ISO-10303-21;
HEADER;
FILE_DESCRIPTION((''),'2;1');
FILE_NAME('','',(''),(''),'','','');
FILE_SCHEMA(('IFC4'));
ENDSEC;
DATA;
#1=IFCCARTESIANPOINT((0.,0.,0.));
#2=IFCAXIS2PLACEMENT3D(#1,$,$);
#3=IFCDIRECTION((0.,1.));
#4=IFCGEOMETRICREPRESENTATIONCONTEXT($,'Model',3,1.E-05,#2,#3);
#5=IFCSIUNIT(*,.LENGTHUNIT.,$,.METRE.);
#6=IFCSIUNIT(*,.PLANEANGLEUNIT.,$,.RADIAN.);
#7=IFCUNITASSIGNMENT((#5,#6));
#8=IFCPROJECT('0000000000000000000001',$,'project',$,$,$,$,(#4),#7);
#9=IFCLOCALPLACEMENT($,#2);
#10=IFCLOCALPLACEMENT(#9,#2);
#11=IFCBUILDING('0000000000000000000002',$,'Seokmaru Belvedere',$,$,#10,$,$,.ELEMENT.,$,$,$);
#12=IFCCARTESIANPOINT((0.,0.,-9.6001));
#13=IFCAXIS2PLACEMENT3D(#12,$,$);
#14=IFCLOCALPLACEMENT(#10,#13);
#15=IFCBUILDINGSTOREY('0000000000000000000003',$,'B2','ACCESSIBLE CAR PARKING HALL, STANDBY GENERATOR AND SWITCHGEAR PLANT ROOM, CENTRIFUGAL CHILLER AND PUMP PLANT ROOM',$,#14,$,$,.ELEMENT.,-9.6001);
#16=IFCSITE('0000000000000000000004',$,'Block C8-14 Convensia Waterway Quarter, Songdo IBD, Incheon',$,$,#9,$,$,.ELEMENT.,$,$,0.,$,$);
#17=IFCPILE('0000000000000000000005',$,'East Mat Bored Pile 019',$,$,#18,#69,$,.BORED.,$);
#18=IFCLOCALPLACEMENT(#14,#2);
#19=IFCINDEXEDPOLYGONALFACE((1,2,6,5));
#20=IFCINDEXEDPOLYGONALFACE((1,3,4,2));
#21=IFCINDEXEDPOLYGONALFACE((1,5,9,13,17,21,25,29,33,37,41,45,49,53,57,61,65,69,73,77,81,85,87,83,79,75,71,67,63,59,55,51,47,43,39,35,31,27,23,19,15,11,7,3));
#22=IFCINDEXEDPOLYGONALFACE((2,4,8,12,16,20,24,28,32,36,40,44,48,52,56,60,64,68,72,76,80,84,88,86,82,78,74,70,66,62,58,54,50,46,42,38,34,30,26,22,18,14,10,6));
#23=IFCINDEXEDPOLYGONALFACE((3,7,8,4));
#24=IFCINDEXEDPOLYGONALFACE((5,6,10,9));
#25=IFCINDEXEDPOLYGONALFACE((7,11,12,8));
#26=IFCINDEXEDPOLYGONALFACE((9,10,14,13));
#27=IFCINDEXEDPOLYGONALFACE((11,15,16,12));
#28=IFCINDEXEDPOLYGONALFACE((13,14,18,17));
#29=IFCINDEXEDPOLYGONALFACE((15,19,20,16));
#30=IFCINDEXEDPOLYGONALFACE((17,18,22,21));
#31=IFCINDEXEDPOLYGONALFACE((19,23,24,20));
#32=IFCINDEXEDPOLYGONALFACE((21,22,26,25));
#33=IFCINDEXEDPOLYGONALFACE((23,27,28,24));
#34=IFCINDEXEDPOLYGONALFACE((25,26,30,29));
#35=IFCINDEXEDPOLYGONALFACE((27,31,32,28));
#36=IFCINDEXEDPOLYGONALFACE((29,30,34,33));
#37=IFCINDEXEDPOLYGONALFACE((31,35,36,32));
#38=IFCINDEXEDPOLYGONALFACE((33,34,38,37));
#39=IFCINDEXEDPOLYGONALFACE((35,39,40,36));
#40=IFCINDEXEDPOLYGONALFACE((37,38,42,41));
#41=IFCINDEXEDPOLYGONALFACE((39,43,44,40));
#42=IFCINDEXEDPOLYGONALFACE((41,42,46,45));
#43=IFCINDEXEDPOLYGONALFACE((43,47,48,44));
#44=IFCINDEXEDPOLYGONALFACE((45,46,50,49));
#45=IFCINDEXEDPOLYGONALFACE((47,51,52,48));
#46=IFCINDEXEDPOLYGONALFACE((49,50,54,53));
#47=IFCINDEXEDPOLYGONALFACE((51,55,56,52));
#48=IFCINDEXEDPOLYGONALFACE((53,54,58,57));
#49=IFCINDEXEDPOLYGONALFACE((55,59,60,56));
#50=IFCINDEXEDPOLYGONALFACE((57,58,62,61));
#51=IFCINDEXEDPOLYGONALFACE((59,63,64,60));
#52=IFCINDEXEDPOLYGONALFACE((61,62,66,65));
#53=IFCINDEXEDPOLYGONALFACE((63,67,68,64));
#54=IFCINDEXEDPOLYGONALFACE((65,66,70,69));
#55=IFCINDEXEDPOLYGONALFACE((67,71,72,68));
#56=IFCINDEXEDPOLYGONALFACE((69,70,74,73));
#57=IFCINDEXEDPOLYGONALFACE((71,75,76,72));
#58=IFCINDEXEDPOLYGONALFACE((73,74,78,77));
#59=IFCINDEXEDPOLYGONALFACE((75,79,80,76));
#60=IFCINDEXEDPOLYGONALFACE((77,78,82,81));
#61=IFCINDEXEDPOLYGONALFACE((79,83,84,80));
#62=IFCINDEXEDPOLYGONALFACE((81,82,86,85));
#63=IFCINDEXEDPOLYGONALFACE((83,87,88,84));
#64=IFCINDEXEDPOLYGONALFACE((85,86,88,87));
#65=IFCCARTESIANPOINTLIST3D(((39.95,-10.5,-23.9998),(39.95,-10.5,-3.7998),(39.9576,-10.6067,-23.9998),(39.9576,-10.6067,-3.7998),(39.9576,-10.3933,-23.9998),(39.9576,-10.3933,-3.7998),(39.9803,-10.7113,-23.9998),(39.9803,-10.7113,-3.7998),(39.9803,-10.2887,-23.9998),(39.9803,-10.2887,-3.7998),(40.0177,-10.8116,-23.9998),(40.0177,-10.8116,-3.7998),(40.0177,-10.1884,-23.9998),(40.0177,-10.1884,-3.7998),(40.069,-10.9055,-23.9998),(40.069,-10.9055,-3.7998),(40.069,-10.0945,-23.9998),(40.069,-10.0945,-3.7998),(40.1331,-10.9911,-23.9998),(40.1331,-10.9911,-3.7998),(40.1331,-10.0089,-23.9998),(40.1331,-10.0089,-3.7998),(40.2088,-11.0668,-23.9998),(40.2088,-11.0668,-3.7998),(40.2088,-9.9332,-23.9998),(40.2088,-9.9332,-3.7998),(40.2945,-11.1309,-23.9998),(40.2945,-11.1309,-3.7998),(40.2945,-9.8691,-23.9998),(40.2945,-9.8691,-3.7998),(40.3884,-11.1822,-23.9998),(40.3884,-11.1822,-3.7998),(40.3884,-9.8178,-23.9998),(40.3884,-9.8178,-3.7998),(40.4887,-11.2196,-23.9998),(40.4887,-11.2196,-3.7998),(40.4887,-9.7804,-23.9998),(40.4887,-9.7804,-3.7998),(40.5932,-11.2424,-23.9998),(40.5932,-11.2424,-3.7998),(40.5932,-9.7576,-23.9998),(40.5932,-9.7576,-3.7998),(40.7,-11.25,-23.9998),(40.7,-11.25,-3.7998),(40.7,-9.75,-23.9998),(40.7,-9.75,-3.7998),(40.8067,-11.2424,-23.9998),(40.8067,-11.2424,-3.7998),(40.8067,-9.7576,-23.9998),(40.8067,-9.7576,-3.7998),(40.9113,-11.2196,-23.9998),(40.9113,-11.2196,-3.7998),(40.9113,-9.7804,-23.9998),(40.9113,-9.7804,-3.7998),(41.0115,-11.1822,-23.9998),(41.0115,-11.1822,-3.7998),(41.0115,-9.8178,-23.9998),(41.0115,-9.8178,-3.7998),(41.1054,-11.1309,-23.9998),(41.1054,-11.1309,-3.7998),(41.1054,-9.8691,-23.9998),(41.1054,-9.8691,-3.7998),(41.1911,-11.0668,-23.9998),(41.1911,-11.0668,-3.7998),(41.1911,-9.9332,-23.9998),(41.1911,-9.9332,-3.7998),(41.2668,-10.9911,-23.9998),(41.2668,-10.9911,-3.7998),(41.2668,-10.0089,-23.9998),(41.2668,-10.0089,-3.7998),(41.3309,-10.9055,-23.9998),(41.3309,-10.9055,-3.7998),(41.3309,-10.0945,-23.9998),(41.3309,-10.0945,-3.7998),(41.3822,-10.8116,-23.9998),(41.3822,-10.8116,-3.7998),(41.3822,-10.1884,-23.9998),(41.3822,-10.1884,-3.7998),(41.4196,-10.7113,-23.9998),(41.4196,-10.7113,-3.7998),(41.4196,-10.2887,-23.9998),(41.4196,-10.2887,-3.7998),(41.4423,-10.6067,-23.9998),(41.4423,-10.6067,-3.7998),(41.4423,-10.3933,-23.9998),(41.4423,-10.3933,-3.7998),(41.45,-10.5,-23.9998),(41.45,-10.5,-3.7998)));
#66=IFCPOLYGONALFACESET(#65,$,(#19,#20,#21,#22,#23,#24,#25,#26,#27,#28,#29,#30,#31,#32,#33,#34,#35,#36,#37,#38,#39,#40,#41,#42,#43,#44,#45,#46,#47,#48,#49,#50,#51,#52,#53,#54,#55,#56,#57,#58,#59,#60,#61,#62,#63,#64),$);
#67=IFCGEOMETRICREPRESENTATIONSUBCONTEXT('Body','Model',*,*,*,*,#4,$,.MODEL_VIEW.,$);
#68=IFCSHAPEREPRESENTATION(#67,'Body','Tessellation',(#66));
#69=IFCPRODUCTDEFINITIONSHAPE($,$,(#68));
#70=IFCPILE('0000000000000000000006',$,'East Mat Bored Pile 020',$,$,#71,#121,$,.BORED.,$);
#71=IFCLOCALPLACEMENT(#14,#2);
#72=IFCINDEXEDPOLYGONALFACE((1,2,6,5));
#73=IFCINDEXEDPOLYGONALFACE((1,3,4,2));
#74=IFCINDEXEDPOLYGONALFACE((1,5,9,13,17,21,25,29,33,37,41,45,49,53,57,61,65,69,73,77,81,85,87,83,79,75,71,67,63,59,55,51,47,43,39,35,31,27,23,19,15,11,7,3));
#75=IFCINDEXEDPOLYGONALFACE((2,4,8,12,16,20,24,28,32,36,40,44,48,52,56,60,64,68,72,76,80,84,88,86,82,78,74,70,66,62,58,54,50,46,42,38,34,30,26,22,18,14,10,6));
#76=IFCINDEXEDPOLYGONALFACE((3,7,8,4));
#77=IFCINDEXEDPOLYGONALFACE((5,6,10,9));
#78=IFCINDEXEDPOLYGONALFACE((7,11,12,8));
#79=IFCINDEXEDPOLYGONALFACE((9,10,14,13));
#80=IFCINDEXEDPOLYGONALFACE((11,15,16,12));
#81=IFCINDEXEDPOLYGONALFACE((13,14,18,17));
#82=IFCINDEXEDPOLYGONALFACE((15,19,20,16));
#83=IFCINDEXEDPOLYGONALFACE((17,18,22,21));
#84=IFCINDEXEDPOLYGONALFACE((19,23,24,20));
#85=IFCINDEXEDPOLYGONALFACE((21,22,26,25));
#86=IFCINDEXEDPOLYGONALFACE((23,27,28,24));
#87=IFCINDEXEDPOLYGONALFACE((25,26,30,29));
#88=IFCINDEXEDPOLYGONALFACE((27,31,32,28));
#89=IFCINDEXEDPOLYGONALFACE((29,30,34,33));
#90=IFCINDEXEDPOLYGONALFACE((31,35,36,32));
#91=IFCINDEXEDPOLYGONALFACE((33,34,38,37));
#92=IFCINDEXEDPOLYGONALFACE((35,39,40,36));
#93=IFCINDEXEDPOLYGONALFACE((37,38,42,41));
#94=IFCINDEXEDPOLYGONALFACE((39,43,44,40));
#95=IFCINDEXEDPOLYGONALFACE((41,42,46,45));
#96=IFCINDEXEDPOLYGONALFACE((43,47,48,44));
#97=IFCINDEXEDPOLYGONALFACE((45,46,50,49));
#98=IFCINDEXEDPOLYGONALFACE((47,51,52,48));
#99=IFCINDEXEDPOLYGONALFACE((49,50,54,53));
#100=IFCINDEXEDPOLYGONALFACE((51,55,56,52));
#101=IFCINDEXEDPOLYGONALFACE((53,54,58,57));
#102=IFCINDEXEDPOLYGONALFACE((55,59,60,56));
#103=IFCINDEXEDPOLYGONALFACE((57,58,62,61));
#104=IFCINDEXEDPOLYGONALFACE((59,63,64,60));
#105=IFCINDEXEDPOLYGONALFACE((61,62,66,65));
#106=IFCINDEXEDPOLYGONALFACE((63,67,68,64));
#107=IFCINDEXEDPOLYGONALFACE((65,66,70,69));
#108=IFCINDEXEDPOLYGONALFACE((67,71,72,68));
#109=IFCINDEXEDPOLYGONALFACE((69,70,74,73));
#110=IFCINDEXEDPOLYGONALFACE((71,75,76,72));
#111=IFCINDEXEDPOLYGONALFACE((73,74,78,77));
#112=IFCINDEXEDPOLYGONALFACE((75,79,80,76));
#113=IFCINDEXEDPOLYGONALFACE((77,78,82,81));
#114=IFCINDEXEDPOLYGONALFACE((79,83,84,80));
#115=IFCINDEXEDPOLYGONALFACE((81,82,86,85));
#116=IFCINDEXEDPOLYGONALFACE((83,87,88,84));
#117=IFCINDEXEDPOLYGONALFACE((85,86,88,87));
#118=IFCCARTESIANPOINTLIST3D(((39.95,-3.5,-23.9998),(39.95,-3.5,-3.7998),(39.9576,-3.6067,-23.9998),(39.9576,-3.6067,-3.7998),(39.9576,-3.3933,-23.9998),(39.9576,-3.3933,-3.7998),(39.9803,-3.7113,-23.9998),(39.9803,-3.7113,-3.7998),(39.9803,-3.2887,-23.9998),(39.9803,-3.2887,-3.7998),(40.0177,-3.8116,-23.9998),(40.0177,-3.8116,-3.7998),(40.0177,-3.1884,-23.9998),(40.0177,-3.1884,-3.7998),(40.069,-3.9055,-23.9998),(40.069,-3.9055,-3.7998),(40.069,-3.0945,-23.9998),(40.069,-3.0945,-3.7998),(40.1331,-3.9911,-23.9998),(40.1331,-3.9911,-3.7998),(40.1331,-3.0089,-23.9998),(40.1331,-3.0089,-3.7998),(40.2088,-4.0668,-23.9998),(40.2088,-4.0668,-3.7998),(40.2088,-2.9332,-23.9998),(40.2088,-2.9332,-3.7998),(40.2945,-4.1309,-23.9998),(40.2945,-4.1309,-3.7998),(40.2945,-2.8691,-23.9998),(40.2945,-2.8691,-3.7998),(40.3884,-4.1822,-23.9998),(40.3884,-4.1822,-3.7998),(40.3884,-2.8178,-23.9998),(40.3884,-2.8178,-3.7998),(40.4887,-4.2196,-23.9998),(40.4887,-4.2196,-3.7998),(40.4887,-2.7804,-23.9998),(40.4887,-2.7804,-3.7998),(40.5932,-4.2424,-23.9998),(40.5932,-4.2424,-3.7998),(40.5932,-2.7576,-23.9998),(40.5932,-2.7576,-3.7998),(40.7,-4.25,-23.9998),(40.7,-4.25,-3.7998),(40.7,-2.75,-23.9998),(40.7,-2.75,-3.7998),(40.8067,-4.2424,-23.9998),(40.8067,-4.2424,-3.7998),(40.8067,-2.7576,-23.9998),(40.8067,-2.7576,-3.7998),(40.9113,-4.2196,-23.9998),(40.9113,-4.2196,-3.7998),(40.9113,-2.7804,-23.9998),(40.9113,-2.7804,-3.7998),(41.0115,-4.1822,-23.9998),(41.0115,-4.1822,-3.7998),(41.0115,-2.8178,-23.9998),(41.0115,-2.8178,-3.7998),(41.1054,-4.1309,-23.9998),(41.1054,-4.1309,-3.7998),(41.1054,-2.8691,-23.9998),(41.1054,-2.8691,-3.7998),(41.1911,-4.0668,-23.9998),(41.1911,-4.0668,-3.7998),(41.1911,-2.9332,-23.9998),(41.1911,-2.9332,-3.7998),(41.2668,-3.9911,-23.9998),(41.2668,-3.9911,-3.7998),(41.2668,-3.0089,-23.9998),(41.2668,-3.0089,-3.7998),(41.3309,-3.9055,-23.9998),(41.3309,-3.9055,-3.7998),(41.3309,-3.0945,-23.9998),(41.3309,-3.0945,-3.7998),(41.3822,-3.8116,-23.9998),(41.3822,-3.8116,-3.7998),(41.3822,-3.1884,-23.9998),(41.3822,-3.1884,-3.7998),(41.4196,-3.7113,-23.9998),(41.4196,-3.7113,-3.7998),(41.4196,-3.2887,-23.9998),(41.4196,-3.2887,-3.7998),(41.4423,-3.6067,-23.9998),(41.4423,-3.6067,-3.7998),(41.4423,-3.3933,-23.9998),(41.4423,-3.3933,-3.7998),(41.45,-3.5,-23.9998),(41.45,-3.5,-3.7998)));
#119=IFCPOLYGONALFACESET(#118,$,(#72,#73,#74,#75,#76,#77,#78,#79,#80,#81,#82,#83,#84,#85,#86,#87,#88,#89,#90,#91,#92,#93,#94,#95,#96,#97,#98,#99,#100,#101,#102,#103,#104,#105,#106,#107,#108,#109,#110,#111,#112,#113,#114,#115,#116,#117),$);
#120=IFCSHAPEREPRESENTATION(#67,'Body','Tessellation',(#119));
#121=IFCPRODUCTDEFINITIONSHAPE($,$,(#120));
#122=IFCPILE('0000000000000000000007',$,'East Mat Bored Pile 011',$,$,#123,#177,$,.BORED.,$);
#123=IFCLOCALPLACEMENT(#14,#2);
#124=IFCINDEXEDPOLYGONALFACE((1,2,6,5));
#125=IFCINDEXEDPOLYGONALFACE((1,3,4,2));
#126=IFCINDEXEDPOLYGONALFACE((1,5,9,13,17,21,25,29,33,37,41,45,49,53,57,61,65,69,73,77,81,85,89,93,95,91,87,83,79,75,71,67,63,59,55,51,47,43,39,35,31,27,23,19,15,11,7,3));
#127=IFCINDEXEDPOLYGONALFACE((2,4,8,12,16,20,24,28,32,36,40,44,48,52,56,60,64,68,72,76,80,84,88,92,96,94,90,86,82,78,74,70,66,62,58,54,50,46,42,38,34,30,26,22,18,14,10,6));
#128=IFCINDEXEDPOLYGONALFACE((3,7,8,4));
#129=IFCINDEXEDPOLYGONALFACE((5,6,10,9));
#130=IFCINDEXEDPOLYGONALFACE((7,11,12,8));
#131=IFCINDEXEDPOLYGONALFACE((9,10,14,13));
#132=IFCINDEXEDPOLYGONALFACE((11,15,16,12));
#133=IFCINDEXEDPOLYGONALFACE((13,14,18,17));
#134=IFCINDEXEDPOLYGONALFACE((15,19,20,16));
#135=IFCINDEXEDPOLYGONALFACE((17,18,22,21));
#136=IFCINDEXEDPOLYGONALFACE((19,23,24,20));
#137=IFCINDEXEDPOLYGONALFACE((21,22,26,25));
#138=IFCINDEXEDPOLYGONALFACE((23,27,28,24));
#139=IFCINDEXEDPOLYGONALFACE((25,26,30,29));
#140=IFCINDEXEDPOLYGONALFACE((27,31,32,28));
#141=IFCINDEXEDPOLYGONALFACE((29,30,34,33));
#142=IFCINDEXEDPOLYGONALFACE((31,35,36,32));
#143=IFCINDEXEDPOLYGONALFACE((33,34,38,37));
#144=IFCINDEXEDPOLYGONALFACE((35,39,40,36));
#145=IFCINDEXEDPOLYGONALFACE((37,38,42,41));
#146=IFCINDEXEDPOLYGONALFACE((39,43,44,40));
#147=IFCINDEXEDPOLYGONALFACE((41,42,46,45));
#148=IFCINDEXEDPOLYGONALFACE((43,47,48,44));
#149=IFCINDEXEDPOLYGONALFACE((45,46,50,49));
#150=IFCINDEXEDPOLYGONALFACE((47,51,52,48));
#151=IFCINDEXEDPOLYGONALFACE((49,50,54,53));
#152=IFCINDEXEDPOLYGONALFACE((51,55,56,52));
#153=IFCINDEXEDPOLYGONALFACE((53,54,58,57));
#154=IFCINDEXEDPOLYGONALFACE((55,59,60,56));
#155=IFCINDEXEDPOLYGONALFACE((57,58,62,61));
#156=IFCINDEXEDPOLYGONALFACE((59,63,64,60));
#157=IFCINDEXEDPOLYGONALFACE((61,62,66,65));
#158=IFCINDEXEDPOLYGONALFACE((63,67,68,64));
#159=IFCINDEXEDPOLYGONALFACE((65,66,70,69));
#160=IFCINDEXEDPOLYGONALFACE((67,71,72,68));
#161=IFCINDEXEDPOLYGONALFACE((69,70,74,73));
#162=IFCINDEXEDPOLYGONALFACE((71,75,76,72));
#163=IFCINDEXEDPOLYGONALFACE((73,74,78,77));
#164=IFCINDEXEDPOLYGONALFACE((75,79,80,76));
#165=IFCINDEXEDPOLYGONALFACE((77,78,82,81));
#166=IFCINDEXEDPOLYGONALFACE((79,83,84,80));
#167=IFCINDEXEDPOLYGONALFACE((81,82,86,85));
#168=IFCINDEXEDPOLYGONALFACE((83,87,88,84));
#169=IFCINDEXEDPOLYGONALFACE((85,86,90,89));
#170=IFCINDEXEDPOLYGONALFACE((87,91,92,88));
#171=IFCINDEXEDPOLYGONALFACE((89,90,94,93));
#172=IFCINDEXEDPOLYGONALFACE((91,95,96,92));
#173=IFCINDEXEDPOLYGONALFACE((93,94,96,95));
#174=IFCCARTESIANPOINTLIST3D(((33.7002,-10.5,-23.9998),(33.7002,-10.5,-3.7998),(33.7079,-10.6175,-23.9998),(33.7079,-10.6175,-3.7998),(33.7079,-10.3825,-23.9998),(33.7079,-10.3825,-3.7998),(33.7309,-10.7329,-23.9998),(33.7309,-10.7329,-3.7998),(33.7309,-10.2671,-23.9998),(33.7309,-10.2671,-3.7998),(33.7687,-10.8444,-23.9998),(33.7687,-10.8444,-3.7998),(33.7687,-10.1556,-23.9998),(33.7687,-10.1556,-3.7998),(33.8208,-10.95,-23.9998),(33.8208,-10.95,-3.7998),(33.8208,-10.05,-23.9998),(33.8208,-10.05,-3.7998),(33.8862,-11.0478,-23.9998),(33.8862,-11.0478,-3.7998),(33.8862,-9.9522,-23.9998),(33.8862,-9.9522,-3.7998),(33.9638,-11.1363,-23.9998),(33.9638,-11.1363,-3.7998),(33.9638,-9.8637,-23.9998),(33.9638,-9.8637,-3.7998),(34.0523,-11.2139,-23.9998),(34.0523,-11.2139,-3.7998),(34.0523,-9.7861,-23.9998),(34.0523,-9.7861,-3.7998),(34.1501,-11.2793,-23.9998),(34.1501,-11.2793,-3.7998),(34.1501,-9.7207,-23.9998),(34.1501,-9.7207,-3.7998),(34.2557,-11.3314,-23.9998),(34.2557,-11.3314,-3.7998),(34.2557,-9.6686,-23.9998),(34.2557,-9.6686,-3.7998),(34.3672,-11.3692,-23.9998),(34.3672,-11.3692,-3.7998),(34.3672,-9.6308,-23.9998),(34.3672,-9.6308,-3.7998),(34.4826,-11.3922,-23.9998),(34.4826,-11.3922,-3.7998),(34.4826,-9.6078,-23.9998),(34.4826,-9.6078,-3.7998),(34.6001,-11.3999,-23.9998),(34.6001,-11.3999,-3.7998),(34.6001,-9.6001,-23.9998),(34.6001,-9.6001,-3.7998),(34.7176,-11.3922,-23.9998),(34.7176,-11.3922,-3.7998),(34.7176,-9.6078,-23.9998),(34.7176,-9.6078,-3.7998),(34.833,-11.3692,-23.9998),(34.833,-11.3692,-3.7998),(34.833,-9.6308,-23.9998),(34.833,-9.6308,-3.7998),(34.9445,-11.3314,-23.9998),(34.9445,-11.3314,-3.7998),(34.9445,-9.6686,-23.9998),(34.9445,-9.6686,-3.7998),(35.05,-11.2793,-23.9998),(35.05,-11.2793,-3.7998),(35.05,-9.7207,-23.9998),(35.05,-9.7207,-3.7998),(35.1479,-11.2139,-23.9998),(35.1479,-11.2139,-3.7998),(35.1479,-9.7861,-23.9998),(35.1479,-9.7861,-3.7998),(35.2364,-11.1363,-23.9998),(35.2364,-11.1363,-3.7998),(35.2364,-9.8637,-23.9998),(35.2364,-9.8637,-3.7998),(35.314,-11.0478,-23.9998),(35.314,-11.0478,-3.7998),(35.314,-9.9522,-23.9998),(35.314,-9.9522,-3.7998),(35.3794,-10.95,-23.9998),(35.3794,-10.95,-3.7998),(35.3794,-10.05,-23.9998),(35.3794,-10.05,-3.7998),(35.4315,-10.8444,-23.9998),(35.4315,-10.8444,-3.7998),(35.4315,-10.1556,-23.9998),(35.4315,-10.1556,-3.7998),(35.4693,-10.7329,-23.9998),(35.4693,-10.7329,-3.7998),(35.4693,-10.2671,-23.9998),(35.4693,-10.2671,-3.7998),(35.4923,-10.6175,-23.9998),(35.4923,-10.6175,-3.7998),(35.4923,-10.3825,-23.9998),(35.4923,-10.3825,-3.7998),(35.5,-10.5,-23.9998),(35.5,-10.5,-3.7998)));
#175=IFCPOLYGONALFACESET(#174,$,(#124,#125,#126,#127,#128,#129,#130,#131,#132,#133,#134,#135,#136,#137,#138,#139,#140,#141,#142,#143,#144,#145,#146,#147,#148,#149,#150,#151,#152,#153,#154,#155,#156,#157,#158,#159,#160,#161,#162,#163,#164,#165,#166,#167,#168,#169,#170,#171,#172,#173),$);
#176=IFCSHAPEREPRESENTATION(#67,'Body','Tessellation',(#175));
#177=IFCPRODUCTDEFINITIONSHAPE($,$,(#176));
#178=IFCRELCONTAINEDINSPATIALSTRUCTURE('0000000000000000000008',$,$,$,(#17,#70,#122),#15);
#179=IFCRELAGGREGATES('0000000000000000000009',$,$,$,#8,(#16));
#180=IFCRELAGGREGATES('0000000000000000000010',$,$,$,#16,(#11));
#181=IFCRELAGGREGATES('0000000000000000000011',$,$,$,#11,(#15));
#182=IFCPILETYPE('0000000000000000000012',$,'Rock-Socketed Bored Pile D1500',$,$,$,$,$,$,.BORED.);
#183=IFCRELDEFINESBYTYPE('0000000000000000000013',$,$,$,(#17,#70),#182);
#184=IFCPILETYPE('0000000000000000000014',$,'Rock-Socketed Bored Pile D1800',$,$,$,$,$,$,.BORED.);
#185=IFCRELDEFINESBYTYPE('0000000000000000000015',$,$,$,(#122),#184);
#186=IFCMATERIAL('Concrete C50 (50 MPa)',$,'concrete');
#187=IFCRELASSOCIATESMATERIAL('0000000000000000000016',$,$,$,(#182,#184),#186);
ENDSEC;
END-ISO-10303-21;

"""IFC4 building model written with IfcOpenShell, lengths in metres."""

from ifc_helpers import new_model, si_unit, direction, frame, origin, origin_2d, place, context, subcontext, project, spatial, circle, extrude, source, transform, mapped, material, material_profile, profile_set, type_object, type_shapes, element, save


model = new_model("IFC4")

# Units and contexts
model_context = context("Model", 3, precision=1e-05, world=origin(), true_north=direction((0.0, 1.0)))
body_context = subcontext(model_context, "Body", "Model", "MODEL_VIEW")
ifc_project = project(units=[si_unit("LENGTHUNIT", "METRE"), si_unit("PLANEANGLEUNIT", "RADIAN")], contexts=[model_context])

# Site, building, storey
site_placement = place(None, origin())
site = spatial("IfcSite", under=ifc_project, at=site_placement, Name="Block C8-14 Convensia Waterway Quarter, Songdo IBD, Incheon", CompositionType="ELEMENT", RefElevation=0.0)
building_placement = place(site_placement, origin())
building = spatial("IfcBuilding", under=site, at=building_placement, Name="Seokmaru Belvedere", CompositionType="ELEMENT")
storey_placement = place(building_placement, frame((0.0, 0.0, -9.6001)))
storey = spatial("IfcBuildingStorey", under=building, at=storey_placement, Name="B2", Description="ACCESSIBLE CAR PARKING HALL, STANDBY GENERATOR AND SWITCHGEAR PLANT ROOM, CENTRIFUGAL CHILLER AND PUMP PLANT ROOM", CompositionType="ELEMENT", Elevation=-9.6001)

# Piles
ifc_material_1 = material(Name="Concrete C50 (50 MPa)", Category="concrete")
ifc_material_profile_1 = material_profile(ifc_material_1, circle(Radius=0.75, at=origin_2d()), Name="PILE-D1500")
ifc_profile_set_1 = profile_set([ifc_material_profile_1], Name="Concrete C50 (50 MPa)")
pile_type_1 = type_object("IfcPileType", Name="Rock-Socketed Bored Pile D1500", PredefinedType="BORED", material=ifc_profile_set_1)
shared_shape_1 = source(origin(), body_context, "Body", "SweptSolid", [
    extrude(circle(Radius=0.75, at=origin_2d()), origin(), (0.0, 0.0, 1.0), 20.2),
])
type_shapes(pile_type_1, [shared_shape_1])
for number, where, z_axis, x_axis, name in (
    (1, (40.7, -10.5, -3.7998), (0.0, 0.0, -1.0), (1.0, 0.0, 0.0), "East Mat Bored Pile 019"),
    (2, (40.7, -3.5, -3.7998), (0.0, 0.0, -1.0), (1.0, 0.0, 0.0), "East Mat Bored Pile 020"),
):
    element("IfcPile", number, at=place(storey_placement, frame(where, z_axis=z_axis, x_axis=x_axis)), inside=storey, type_object=pile_type_1, Name=name, PredefinedType="BORED", context=body_context, shape_type="MappedRepresentation", body=[
        mapped(shared_shape_1, transform((0.0, 0.0, 0.0), scale=1.0)),
    ])
ifc_material_profile_2 = material_profile(ifc_material_1, circle(Radius=0.8999, at=origin_2d()), Name="PILE-D1800")
ifc_profile_set_2 = profile_set([ifc_material_profile_2], Name="Concrete C50 (50 MPa)")
pile_type_2 = type_object("IfcPileType", Name="Rock-Socketed Bored Pile D1800", PredefinedType="BORED", material=ifc_profile_set_2)
shared_shape_2 = source(origin(), body_context, "Body", "SweptSolid", [
    extrude(circle(Radius=0.8999, at=origin_2d()), origin(), (0.0, 0.0, 1.0), 20.2),
])
type_shapes(pile_type_2, [shared_shape_2])
for number, where, z_axis, x_axis, name in (
    (3, (34.6001, -10.5, -3.7998), (0.0, 0.0, -1.0), (1.0, 0.0, 0.0), "East Mat Bored Pile 011"),
):
    element("IfcPile", number, at=place(storey_placement, frame(where, z_axis=z_axis, x_axis=x_axis)), inside=storey, type_object=pile_type_2, Name=name, PredefinedType="BORED", context=body_context, shape_type="MappedRepresentation", body=[
        mapped(shared_shape_2, transform((0.0, 0.0, 0.0), scale=1.0)),
    ])

save(model, "model.ifc")
